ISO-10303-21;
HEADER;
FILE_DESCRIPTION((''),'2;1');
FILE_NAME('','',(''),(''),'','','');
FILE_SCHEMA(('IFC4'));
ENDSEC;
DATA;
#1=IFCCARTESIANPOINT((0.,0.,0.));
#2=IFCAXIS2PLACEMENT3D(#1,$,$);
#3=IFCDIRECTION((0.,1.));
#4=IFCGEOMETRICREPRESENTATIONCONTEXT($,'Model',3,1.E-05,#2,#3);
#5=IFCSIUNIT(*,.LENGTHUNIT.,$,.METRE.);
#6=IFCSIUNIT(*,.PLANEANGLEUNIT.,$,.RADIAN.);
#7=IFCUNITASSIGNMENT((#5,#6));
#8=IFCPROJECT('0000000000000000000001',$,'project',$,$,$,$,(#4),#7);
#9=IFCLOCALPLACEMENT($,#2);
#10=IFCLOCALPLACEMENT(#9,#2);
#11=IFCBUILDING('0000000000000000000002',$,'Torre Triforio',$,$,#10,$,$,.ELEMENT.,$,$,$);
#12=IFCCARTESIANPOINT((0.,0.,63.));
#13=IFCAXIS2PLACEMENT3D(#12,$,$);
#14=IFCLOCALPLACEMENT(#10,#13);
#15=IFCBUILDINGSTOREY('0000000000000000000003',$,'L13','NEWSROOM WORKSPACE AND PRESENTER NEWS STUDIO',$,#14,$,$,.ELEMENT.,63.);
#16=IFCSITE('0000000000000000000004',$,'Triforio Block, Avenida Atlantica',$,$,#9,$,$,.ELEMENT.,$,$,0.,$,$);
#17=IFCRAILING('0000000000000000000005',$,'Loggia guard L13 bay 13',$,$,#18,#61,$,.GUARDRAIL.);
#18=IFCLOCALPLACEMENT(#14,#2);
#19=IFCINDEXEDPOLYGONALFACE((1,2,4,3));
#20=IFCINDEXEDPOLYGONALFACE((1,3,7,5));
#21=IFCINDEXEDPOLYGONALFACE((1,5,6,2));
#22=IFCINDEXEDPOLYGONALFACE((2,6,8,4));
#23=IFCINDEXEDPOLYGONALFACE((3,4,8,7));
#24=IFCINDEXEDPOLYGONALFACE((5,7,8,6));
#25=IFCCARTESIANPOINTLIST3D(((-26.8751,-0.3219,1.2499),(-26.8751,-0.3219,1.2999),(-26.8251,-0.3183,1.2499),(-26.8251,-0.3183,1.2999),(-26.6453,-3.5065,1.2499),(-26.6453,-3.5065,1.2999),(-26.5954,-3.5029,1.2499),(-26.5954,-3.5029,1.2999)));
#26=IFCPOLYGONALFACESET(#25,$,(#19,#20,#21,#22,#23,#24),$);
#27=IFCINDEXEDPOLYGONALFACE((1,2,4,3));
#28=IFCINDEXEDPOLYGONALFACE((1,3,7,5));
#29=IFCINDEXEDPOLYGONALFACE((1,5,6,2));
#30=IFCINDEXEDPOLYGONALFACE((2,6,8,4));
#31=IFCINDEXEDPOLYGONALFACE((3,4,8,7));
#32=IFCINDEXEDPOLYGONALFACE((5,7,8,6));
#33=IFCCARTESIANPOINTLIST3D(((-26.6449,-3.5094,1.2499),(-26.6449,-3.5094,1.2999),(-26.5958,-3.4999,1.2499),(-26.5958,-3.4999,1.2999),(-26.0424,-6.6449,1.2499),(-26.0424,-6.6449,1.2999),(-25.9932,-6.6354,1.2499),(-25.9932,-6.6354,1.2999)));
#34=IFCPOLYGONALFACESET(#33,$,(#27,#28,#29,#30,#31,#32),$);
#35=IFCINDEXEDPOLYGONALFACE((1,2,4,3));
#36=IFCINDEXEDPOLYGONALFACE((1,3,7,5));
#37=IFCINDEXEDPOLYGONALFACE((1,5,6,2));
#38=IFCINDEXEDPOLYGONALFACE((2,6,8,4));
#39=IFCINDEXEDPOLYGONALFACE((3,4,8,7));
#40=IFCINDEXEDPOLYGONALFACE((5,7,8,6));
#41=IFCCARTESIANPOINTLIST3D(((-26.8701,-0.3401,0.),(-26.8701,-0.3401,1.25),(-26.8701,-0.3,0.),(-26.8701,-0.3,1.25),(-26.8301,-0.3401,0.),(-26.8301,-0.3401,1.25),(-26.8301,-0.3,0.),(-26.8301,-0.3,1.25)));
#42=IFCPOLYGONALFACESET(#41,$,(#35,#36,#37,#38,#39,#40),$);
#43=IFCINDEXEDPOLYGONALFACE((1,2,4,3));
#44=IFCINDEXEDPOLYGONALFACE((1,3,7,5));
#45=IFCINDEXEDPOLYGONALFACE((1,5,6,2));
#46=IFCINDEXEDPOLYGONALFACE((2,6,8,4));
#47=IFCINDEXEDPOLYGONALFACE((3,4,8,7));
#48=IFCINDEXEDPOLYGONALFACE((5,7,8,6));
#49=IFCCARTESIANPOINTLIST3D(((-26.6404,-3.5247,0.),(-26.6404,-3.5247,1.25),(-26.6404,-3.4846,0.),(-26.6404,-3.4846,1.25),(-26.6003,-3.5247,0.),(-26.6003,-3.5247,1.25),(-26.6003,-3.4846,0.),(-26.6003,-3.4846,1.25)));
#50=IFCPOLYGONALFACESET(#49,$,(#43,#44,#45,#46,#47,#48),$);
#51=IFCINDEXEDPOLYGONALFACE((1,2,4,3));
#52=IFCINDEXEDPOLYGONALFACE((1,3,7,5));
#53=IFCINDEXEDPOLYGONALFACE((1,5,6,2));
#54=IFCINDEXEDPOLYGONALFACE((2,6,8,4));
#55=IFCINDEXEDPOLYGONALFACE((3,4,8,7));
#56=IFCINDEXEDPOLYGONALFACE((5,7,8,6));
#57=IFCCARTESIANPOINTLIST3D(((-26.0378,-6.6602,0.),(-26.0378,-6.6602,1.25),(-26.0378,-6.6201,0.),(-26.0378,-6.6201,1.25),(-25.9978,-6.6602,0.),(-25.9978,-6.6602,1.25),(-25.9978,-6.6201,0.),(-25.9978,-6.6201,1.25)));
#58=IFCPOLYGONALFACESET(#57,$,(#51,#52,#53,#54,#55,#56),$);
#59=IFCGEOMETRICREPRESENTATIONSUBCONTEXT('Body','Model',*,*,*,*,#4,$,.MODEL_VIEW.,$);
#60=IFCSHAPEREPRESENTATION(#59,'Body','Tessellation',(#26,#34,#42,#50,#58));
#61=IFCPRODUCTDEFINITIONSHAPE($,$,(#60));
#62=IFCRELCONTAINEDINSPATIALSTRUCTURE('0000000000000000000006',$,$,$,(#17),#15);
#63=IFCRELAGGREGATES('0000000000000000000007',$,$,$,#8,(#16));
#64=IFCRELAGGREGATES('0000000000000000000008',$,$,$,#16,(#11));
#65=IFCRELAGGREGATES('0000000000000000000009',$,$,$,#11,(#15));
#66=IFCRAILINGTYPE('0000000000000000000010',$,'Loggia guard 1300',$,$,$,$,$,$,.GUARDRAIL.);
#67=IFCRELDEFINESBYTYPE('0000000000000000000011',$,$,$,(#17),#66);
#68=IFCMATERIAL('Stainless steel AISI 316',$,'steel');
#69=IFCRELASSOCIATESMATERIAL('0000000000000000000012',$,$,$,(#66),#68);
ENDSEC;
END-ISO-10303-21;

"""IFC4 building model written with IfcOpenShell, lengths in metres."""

from ifc_helpers import new_model, si_unit, direction, frame, origin, origin_2d, place, context, subcontext, project, spatial, rectangle, extrude, material, type_object, element, save


model = new_model("IFC4")

# Units and contexts
model_context = context("Model", 3, precision=1e-05, world=origin(), true_north=direction((0.0, 1.0)))
body_context = subcontext(model_context, "Body", "Model", "MODEL_VIEW")
ifc_project = project(units=[si_unit("LENGTHUNIT", "METRE"), si_unit("PLANEANGLEUNIT", "RADIAN")], contexts=[model_context])

# Site, building, storey
site_placement = place(None, origin())
site = spatial("IfcSite", under=ifc_project, at=site_placement, Name="Triforio Block, Avenida Atlantica", CompositionType="ELEMENT", RefElevation=0.0)
building_placement = place(site_placement, origin())
building = spatial("IfcBuilding", under=site, at=building_placement, Name="Torre Triforio", CompositionType="ELEMENT")
storey_placement = place(building_placement, frame((0.0, 0.0, 63.0)))
storey = spatial("IfcBuildingStorey", under=building, at=storey_placement, Name="L13", Description="NEWSROOM WORKSPACE AND PRESENTER NEWS STUDIO", CompositionType="ELEMENT", Elevation=63.0)

# Railing
ifc_material_1 = material(Name="Stainless steel AISI 316", Category="steel")
railing_type = type_object("IfcRailingType", Name="Loggia guard 1300", PredefinedType="GUARDRAIL", material=ifc_material_1)
railing_1_placement = place(storey_placement, frame((-26.8501, -0.3201, 0.0)))
element("IfcRailing", 1, at=railing_1_placement, inside=storey, type_object=railing_type, Name="Loggia guard L13 bay 13", PredefinedType="GUARDRAIL", context=body_context, shape_type="SweptSolid", body=[
    extrude(rectangle(XDim=0.05, YDim=0.05, at=origin_2d()), frame((0.0, 0.0, 1.2749), z_axis=(0.071953, -0.997408, 0.0), x_axis=(0.997408, 0.071953, 0.0)), (0.0, 0.0, 1.0), 3.1929),
    extrude(rectangle(XDim=0.05, YDim=0.05, at=origin_2d()), frame((0.2297, -3.1846, 1.2749), z_axis=(0.188714, -0.982032, 0.0), x_axis=(0.982032, 0.188714, 0.0)), (0.0, 0.0, 1.0), 3.1929),
    extrude(rectangle(XDim=0.04, YDim=0.04, at=origin_2d()), origin(), (0.0, 0.0, 1.0), 1.25),
    extrude(rectangle(XDim=0.04, YDim=0.04, at=origin_2d()), frame((0.2297, -3.1846, 0.0)), (0.0, 0.0, 1.0), 1.25),
    extrude(rectangle(XDim=0.04, YDim=0.04, at=origin_2d()), frame((0.8323, -6.3201, 0.0)), (0.0, 0.0, 1.0), 1.25),
])

save(model, "model.ifc")
